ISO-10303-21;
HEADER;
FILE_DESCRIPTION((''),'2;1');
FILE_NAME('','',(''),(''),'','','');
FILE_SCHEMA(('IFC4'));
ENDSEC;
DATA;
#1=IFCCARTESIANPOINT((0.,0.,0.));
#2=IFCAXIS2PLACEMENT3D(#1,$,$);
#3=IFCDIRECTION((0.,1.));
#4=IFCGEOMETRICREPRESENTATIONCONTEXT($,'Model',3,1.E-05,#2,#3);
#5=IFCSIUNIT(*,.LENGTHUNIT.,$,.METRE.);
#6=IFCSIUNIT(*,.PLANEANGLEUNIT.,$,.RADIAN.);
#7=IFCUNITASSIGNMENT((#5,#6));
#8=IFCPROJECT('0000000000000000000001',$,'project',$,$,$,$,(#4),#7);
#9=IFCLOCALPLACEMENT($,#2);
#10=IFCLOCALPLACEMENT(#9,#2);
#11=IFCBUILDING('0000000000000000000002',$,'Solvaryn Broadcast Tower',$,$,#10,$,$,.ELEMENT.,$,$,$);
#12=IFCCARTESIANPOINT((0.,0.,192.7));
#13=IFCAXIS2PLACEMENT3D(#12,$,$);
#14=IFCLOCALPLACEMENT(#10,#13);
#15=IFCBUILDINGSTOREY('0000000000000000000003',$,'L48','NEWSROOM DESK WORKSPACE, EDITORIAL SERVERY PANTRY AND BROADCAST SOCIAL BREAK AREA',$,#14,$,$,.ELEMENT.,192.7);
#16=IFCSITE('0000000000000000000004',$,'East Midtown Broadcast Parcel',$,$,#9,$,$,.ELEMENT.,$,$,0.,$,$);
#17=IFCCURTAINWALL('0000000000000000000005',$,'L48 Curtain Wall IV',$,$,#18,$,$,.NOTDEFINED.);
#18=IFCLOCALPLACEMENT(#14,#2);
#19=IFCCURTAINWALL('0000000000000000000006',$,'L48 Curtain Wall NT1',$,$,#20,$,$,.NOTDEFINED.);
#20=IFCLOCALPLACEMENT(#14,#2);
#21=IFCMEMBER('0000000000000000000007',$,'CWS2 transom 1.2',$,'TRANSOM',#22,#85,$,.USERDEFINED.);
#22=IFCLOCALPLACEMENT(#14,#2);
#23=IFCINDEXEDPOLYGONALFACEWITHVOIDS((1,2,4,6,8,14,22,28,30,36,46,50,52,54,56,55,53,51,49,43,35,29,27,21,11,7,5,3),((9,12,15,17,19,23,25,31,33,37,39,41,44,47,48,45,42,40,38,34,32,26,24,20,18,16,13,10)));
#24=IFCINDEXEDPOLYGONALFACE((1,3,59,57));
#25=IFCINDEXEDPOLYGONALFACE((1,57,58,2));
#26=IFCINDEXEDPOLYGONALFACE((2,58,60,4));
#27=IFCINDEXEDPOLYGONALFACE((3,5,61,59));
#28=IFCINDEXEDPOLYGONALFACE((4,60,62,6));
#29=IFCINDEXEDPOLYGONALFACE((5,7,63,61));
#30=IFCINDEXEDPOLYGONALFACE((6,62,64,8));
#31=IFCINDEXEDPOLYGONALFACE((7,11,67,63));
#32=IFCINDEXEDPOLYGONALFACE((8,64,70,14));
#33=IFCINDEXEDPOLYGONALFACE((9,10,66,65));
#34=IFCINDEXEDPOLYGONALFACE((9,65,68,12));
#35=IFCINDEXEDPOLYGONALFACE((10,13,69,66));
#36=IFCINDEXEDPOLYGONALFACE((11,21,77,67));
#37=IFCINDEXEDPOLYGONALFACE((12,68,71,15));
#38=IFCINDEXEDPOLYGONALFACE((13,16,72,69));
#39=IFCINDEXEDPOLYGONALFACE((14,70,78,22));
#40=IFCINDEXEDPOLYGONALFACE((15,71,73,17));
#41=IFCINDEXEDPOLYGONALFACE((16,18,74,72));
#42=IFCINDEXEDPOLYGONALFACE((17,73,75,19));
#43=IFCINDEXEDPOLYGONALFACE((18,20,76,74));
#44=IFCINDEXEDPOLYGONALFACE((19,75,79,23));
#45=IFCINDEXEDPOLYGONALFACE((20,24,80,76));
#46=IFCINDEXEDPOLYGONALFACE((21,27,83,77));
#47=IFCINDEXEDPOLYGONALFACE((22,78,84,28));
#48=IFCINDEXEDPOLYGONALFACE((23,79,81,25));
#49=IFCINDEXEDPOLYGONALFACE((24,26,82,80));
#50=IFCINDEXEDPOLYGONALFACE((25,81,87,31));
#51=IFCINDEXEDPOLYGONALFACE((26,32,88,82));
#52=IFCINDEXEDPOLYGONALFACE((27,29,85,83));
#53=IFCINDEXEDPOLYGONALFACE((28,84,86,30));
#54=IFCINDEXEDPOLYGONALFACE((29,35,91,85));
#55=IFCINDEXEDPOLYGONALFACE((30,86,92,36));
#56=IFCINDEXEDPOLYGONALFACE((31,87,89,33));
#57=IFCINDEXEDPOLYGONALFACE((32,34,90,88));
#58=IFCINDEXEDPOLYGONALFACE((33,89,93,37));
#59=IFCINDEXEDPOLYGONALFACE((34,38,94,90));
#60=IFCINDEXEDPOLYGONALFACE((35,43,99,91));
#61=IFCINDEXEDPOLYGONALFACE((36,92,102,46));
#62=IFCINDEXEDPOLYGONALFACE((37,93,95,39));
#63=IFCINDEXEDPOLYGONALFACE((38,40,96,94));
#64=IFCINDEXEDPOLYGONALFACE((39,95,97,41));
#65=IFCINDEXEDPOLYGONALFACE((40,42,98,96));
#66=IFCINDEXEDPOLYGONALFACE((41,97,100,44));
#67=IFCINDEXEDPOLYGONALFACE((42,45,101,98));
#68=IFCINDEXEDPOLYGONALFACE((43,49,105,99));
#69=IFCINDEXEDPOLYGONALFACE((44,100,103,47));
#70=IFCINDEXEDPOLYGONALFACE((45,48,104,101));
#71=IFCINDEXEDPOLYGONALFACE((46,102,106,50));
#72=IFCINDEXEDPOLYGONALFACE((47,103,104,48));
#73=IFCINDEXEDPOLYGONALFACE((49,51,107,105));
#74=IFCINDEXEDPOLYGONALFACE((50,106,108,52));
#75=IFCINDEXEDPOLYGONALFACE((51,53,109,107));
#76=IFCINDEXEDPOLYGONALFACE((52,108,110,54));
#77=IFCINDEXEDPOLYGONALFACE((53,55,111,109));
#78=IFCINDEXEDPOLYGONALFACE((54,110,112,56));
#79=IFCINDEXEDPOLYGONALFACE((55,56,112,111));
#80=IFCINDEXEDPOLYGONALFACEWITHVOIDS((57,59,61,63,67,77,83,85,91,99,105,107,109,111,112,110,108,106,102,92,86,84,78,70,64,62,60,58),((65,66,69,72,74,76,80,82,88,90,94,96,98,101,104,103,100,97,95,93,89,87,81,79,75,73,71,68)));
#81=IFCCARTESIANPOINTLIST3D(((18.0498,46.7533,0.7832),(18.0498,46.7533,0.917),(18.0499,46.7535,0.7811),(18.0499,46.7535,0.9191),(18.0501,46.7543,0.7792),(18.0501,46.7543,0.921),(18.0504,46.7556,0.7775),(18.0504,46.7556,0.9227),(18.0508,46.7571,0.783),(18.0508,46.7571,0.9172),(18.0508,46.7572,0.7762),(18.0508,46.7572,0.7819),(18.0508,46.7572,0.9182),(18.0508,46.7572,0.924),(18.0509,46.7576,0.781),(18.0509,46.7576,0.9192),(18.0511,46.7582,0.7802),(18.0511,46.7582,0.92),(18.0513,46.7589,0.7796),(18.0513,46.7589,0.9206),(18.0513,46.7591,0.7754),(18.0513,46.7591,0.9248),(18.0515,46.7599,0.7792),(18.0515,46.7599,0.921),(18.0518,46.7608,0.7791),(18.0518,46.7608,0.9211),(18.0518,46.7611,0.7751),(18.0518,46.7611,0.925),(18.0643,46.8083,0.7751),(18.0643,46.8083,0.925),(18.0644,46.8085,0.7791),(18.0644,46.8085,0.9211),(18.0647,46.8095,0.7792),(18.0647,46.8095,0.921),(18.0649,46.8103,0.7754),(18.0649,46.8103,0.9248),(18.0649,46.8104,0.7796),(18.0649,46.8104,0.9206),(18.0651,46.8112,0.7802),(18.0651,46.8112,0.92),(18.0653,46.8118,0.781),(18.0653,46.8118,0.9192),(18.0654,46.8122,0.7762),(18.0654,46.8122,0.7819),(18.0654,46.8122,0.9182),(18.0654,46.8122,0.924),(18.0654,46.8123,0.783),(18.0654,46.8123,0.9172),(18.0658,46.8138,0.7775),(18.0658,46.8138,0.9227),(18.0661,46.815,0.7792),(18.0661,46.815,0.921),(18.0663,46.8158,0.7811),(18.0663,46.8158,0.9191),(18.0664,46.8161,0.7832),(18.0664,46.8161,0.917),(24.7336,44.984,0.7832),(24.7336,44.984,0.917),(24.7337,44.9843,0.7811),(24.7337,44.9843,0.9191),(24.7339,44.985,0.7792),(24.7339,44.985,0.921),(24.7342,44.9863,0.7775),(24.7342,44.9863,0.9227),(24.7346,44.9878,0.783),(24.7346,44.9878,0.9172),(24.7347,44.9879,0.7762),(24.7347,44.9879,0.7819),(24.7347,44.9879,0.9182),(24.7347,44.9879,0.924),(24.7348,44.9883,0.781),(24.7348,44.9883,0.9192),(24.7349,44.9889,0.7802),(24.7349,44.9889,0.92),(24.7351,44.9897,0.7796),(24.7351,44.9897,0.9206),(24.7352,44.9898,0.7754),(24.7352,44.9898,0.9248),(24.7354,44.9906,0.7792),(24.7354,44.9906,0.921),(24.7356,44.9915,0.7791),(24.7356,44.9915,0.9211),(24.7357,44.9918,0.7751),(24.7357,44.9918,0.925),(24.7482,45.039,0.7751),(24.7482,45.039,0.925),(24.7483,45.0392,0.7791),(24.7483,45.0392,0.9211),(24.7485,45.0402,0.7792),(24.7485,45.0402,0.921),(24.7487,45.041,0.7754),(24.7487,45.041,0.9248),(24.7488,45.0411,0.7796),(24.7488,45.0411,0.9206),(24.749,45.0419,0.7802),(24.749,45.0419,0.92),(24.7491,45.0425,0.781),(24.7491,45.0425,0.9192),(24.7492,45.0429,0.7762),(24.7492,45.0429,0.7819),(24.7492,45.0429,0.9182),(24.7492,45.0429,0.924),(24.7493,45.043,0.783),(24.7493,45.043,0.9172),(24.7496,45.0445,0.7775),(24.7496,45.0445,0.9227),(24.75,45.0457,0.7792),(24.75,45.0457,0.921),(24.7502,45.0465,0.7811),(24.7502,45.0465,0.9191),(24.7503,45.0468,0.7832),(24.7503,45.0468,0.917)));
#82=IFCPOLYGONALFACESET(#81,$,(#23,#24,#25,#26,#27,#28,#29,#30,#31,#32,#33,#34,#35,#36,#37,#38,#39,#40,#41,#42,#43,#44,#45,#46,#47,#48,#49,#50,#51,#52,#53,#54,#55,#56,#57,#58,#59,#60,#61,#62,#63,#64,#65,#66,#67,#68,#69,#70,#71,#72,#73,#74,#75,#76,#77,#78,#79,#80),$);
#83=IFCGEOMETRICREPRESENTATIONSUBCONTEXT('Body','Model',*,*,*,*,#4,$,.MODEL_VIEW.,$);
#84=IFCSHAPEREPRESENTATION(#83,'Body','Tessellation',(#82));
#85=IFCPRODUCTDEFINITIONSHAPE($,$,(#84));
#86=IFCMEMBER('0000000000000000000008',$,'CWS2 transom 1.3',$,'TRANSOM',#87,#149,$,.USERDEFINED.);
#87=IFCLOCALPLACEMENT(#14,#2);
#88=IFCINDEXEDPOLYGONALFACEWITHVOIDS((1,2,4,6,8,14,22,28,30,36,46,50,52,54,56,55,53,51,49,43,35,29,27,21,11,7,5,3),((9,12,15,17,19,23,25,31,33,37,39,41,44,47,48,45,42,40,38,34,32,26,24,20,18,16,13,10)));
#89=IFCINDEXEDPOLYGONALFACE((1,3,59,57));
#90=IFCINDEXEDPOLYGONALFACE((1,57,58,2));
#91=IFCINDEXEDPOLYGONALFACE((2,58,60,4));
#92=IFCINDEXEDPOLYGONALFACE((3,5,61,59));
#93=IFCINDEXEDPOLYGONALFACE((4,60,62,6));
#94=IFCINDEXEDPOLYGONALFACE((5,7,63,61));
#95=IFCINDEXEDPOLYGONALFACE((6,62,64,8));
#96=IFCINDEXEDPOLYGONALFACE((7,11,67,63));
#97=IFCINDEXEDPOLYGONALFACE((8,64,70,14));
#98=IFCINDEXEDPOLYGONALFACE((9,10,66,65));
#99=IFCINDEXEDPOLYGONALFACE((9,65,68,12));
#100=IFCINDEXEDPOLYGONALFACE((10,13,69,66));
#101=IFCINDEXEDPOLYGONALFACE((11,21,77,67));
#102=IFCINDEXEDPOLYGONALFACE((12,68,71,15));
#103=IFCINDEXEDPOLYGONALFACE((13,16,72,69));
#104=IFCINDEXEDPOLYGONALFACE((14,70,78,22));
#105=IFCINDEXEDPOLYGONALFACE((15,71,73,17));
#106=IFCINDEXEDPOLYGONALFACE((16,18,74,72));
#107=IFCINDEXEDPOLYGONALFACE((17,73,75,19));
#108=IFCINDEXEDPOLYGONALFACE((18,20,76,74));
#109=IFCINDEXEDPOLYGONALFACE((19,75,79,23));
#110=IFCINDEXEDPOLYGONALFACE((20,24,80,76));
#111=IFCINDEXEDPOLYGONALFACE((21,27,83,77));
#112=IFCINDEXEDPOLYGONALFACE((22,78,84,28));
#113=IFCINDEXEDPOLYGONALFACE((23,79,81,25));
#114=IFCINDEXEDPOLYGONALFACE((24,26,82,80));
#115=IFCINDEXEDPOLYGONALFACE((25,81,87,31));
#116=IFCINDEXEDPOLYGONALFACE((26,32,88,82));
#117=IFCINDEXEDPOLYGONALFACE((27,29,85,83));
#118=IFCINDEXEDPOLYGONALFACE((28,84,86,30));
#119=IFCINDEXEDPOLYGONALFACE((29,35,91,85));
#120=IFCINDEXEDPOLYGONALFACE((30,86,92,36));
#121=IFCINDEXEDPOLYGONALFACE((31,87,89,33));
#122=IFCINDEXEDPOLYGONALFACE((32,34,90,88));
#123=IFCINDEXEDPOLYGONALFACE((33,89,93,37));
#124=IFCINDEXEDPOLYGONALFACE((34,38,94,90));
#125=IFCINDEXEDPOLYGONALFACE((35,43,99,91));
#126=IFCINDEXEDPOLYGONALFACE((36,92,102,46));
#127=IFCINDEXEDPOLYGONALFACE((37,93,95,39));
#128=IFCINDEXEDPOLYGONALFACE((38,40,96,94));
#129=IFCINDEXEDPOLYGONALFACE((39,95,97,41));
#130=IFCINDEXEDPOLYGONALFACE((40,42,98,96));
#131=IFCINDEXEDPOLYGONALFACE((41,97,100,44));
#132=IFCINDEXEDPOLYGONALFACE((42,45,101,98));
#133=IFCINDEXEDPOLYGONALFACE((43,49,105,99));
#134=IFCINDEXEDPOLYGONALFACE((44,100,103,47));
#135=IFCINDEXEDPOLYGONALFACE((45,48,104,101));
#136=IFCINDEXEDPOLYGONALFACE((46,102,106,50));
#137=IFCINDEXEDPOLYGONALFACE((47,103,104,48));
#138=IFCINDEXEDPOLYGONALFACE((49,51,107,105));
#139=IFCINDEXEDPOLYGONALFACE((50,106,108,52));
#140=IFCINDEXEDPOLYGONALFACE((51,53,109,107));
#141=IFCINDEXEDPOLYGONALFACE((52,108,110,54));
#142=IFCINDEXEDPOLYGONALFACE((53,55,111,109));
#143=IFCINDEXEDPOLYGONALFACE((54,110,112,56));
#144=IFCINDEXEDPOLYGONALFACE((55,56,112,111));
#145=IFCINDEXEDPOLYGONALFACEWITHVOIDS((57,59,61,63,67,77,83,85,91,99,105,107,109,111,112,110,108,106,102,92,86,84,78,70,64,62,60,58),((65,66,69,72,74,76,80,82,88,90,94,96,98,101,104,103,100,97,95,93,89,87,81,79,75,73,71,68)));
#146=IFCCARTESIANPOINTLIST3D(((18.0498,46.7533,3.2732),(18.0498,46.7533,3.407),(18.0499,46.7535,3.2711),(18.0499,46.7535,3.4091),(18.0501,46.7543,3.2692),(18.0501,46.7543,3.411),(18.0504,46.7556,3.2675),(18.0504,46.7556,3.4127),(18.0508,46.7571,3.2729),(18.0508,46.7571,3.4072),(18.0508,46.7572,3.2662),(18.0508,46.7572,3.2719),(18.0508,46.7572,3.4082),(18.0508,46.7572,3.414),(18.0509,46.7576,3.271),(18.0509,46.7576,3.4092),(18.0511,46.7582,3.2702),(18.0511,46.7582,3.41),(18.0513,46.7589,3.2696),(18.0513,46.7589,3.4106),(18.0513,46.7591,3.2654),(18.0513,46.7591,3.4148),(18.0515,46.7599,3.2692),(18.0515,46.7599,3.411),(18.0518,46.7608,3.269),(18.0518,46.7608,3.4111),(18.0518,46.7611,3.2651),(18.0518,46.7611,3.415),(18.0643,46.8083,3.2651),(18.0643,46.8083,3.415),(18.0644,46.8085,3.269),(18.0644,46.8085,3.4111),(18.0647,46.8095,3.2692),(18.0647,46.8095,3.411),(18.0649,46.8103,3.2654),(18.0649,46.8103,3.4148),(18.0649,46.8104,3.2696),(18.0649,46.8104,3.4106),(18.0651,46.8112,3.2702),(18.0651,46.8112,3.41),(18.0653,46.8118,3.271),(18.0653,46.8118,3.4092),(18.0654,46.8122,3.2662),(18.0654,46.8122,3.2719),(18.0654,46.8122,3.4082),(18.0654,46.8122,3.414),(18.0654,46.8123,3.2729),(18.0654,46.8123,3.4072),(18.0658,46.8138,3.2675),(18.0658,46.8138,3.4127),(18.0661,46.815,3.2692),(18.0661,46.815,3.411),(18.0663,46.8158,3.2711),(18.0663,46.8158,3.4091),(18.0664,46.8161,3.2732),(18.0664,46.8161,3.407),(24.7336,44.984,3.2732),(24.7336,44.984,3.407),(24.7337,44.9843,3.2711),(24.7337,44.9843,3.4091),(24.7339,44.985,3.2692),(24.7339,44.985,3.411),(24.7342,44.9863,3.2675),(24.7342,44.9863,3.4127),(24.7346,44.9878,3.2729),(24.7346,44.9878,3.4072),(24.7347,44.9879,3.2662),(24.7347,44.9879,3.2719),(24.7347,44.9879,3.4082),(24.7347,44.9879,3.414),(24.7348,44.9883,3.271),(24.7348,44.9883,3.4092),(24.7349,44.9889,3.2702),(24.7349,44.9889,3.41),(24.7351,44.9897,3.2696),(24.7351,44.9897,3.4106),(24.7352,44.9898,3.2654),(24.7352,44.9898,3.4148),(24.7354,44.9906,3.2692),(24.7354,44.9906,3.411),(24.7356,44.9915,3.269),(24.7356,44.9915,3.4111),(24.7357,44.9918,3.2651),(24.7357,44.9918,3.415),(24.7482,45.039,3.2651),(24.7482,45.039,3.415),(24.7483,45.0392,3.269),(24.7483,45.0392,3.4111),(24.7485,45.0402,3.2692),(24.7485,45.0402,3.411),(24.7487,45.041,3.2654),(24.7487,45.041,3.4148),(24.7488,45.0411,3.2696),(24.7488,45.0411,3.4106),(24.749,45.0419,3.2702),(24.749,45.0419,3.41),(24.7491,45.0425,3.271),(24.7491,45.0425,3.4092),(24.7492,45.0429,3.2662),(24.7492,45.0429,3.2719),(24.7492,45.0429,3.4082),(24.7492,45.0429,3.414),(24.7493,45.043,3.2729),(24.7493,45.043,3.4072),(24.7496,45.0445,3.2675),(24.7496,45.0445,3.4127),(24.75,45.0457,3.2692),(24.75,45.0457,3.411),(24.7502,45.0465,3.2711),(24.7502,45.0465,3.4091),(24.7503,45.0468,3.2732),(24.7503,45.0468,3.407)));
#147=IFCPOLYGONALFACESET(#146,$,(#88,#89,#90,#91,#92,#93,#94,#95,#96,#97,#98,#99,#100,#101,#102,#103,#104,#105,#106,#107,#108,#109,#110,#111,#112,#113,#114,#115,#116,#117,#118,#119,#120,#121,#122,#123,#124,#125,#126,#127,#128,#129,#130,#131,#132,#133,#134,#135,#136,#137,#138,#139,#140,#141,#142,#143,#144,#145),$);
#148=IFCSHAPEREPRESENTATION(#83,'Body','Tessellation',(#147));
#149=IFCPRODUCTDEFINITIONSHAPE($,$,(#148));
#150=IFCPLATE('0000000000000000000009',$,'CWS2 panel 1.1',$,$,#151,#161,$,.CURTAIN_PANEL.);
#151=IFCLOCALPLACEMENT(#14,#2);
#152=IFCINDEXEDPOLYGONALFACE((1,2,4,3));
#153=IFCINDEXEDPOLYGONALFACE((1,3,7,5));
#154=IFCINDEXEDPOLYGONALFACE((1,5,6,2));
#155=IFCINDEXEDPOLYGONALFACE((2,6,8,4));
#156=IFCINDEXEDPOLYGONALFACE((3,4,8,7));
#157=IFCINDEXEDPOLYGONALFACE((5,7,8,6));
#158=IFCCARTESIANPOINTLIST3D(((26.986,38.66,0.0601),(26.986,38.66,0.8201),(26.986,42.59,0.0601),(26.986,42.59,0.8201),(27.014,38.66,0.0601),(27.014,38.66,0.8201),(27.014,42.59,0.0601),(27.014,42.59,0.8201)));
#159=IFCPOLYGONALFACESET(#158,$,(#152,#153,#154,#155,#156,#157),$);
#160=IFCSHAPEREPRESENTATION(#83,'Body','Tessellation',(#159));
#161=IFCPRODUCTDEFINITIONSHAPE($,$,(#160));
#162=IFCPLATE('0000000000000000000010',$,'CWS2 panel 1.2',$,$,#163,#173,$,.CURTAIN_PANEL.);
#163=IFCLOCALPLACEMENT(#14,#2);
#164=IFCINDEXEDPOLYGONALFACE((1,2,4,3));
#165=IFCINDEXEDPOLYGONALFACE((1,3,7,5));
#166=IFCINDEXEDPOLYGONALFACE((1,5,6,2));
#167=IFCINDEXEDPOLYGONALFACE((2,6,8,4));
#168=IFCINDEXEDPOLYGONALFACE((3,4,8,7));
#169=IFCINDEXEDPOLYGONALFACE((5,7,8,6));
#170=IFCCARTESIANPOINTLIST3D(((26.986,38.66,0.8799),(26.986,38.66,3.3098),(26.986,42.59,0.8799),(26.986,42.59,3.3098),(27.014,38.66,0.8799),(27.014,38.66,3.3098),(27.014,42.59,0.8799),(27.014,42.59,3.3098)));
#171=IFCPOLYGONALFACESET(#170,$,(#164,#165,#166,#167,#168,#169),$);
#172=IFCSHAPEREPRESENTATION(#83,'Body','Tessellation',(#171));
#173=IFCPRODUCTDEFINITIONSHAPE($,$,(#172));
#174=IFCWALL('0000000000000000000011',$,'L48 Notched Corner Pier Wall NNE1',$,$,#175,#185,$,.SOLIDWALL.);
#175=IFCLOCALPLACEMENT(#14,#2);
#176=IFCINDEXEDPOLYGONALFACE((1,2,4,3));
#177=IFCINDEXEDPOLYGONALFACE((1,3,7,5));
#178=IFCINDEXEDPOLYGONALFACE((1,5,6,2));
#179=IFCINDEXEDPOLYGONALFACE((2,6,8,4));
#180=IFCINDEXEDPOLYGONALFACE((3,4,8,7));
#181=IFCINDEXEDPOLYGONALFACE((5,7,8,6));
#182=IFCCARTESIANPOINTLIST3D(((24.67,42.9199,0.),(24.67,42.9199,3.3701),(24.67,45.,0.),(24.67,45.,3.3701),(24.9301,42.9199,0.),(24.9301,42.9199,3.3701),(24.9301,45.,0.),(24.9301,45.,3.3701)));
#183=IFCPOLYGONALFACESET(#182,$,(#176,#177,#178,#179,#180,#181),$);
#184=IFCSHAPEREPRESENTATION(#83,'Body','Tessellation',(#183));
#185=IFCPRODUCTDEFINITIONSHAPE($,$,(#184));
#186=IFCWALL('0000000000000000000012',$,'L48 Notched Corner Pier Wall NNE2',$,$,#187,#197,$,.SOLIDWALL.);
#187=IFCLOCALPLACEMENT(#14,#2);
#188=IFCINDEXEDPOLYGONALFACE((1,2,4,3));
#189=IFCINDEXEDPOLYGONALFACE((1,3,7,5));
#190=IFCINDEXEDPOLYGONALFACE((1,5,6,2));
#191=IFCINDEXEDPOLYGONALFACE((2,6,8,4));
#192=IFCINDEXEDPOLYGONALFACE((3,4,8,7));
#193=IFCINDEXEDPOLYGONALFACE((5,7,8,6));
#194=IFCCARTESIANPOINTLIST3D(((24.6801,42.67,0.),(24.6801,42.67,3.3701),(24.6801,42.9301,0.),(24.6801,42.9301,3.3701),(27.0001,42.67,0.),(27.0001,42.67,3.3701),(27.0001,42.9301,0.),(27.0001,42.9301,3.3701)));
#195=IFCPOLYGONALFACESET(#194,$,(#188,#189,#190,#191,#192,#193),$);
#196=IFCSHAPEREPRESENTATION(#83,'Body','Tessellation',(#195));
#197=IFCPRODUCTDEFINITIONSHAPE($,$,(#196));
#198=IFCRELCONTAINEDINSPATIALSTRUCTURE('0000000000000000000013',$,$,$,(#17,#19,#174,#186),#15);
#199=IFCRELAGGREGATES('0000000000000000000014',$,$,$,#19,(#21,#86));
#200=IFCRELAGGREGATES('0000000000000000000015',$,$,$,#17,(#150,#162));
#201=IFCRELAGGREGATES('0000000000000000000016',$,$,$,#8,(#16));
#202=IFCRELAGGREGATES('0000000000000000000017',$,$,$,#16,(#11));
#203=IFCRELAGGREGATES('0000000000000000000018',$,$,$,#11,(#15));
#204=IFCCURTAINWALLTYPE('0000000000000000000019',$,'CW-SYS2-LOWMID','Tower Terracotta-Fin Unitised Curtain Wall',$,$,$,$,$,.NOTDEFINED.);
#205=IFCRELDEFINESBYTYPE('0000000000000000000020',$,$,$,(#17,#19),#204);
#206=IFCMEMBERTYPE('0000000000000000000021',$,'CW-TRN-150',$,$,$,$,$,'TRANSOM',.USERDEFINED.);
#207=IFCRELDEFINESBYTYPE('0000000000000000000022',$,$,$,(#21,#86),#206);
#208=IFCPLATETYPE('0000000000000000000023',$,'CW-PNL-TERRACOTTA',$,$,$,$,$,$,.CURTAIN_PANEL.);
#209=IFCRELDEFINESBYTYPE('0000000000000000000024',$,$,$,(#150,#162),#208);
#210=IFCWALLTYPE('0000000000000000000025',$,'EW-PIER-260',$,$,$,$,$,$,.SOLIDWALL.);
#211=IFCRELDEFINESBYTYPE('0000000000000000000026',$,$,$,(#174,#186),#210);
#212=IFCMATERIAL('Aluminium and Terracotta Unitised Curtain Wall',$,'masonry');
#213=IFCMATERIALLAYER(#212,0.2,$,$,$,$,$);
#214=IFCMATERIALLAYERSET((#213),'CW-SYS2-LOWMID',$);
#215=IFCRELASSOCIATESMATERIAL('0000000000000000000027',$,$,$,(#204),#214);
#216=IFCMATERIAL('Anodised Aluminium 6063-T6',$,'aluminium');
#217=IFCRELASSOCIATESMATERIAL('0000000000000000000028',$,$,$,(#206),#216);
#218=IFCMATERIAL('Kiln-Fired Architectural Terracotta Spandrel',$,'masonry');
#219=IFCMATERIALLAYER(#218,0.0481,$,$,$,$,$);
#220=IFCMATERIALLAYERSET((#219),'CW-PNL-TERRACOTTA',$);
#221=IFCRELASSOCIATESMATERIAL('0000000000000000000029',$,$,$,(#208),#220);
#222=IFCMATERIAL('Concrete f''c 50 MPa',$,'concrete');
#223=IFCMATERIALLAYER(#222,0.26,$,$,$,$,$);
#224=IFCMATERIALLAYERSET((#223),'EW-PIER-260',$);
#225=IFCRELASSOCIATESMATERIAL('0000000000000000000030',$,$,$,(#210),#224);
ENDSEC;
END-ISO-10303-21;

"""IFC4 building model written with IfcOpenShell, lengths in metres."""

from ifc_helpers import new_model, si_unit, direction, frame, frame_2d, origin, origin_2d, place, context, subcontext, project, spatial, rectangle, hollow_rectangle, extrude, material, layer, layer_set, material_profile, profile_set, type_object, element, aggregate, save


model = new_model("IFC4")

# Units and contexts
model_context = context("Model", 3, precision=1e-05, world=origin(), true_north=direction((0.0, 1.0)))
body_context = subcontext(model_context, "Body", "Model", "MODEL_VIEW")
ifc_project = project(units=[si_unit("LENGTHUNIT", "METRE"), si_unit("PLANEANGLEUNIT", "RADIAN")], contexts=[model_context])

# Site, building, storey
site_placement = place(None, origin())
site = spatial("IfcSite", under=ifc_project, at=site_placement, Name="East Midtown Broadcast Parcel", CompositionType="ELEMENT", RefElevation=0.0)
building_placement = place(site_placement, origin())
building = spatial("IfcBuilding", under=site, at=building_placement, Name="Solvaryn Broadcast Tower", CompositionType="ELEMENT")
storey_placement = place(building_placement, frame((0.0, 0.0, 192.7)))
storey = spatial("IfcBuildingStorey", under=building, at=storey_placement, Name="L48", Description="NEWSROOM DESK WORKSPACE, EDITORIAL SERVERY PANTRY AND BROADCAST SOCIAL BREAK AREA", CompositionType="ELEMENT", Elevation=192.7)

# Curtain wall
ifc_material_1 = material(Name="Aluminium and Terracotta Unitised Curtain Wall", Category="masonry")
ifc_layer_1 = layer(ifc_material_1, 0.2)
ifc_layer_set_1 = layer_set([ifc_layer_1], Name="CW-SYS2-LOWMID")
curtain_wall_type = type_object("IfcCurtainWallType", Name="CW-SYS2-LOWMID", Description="Tower Terracotta-Fin Unitised Curtain Wall", PredefinedType="NOTDEFINED", material=ifc_layer_set_1)
curtain_wall_1_placement = place(storey_placement, origin())
curtain_wall_1 = element("IfcCurtainWall", 1, at=curtain_wall_1_placement, inside=storey, type_object=curtain_wall_type, Name="L48 Curtain Wall IV", PredefinedType="NOTDEFINED")

# Curtain wall
curtain_wall_2_placement = place(storey_placement, origin())
curtain_wall_2 = element("IfcCurtainWall", 2, at=curtain_wall_2_placement, inside=storey, type_object=curtain_wall_type, Name="L48 Curtain Wall NT1", PredefinedType="NOTDEFINED")

# Members
ifc_material_2 = material(Name="Anodised Aluminium 6063-T6", Category="aluminium")
ifc_material_profile_1 = material_profile(ifc_material_2, hollow_rectangle(XDim=0.0649, YDim=0.1499, WallThickness=0.0039, InnerFilletRadius=0.0039, OuterFilletRadius=0.0081, at=origin_2d()))
ifc_profile_set_1 = profile_set([ifc_material_profile_1], Name="Anodised Aluminium 6063-T6")
member_type_1 = type_object("IfcMemberType", Name="CW-TRN-150", ElementType="TRANSOM", PredefinedType="USERDEFINED", material=ifc_profile_set_1)
member_1_placement = place(storey_placement, frame((24.7419, 45.0154, 0.8501), z_axis=(-0.966704, 0.255897, 0.0), x_axis=(-0.255897, -0.966704, 0.0)))
member_1 = element("IfcMember", 3, at=member_1_placement, type_object=member_type_1, Name="CWS2 transom 1.2", ObjectType="TRANSOM", PredefinedType="USERDEFINED", context=body_context, shape_type="SweptSolid", body=[
    extrude(hollow_rectangle(XDim=0.0649, YDim=0.1499, WallThickness=0.0039, InnerFilletRadius=0.0039, OuterFilletRadius=0.0081, at=origin_2d()), origin(), (0.0, 0.0, 1.0), 6.9141),
])
member_2_placement = place(storey_placement, frame((24.7419, 45.0154, 3.3401), z_axis=(-0.966704, 0.255897, 0.0), x_axis=(-0.255897, -0.966704, 0.0)))
member_2 = element("IfcMember", 4, at=member_2_placement, type_object=member_type_1, Name="CWS2 transom 1.3", ObjectType="TRANSOM", PredefinedType="USERDEFINED", context=body_context, shape_type="SweptSolid", body=[
    extrude(hollow_rectangle(XDim=0.0649, YDim=0.1499, WallThickness=0.0039, InnerFilletRadius=0.0039, OuterFilletRadius=0.0081, at=origin_2d()), origin(), (0.0, 0.0, 1.0), 6.9141),
])
aggregate(curtain_wall_2, [member_1, member_2])

# Plates
ifc_material_3 = material(Name="Kiln-Fired Architectural Terracotta Spandrel", Category="masonry")
ifc_layer_2 = layer(ifc_material_3, 0.0481)
ifc_layer_set_2 = layer_set([ifc_layer_2], Name="CW-PNL-TERRACOTTA")
plate_type = type_object("IfcPlateType", Name="CW-PNL-TERRACOTTA", PredefinedType="CURTAIN_PANEL", material=ifc_layer_set_2)
plate_1_placement = place(storey_placement, frame((27.0, 40.625, 0.0601), z_axis=(0.0, 0.0, 1.0), x_axis=(0.0, -1.0, 0.0)))
plate_1 = element("IfcPlate", 5, at=plate_1_placement, type_object=plate_type, Name="CWS2 panel 1.1", PredefinedType="CURTAIN_PANEL", context=body_context, shape_type="SweptSolid", body=[
    extrude(rectangle(XDim=3.9299, YDim=0.0281, at=origin_2d()), origin(), (0.0, 0.0, 1.0), 0.76),
])
plate_2_placement = place(storey_placement, frame((27.0, 40.625, 0.8799), z_axis=(0.0, 0.0, 1.0), x_axis=(0.0, -1.0, 0.0)))
plate_2 = element("IfcPlate", 6, at=plate_2_placement, type_object=plate_type, Name="CWS2 panel 1.2", PredefinedType="CURTAIN_PANEL", context=body_context, shape_type="SweptSolid", body=[
    extrude(rectangle(XDim=3.9299, YDim=0.0281, at=origin_2d()), origin(), (0.0, 0.0, 1.0), 2.4299),
])
aggregate(curtain_wall_1, [plate_1, plate_2])

# Walls
ifc_material_4 = material(Name="Concrete f'c 50 MPa", Category="concrete")
ifc_layer_3 = layer(ifc_material_4, 0.26)
ifc_layer_set_3 = layer_set([ifc_layer_3], Name="EW-PIER-260")
wall_type_1 = type_object("IfcWallType", Name="EW-PIER-260", PredefinedType="SOLIDWALL", material=ifc_layer_set_3)
wall_1_placement = place(storey_placement, frame((24.8, 45.0, 0.0), z_axis=(0.0, 0.0, 1.0), x_axis=(0.0, -1.0, 0.0)))
element("IfcWall", 7, at=wall_1_placement, inside=storey, type_object=wall_type_1, Name="L48 Notched Corner Pier Wall NNE1", PredefinedType="SOLIDWALL", context=body_context, shape_type="SweptSolid", body=[
    extrude(rectangle(XDim=2.0801, YDim=0.26, at=frame_2d((1.04, 0.0))), origin(), (0.0, 0.0, 1.0), 3.3701),
])
wall_2_placement = place(storey_placement, frame((24.6799, 42.8, 0.0), z_axis=(0.0, 0.0, 1.0), x_axis=(1.0, 0.0, 0.0)))
element("IfcWall", 8, at=wall_2_placement, inside=storey, type_object=wall_type_1, Name="L48 Notched Corner Pier Wall NNE2", PredefinedType="SOLIDWALL", context=body_context, shape_type="SweptSolid", body=[
    extrude(rectangle(XDim=2.3201, YDim=0.26, at=frame_2d((1.1602, 0.0))), origin(), (0.0, 0.0, 1.0), 3.3701),
])

save(model, "model.ifc")
